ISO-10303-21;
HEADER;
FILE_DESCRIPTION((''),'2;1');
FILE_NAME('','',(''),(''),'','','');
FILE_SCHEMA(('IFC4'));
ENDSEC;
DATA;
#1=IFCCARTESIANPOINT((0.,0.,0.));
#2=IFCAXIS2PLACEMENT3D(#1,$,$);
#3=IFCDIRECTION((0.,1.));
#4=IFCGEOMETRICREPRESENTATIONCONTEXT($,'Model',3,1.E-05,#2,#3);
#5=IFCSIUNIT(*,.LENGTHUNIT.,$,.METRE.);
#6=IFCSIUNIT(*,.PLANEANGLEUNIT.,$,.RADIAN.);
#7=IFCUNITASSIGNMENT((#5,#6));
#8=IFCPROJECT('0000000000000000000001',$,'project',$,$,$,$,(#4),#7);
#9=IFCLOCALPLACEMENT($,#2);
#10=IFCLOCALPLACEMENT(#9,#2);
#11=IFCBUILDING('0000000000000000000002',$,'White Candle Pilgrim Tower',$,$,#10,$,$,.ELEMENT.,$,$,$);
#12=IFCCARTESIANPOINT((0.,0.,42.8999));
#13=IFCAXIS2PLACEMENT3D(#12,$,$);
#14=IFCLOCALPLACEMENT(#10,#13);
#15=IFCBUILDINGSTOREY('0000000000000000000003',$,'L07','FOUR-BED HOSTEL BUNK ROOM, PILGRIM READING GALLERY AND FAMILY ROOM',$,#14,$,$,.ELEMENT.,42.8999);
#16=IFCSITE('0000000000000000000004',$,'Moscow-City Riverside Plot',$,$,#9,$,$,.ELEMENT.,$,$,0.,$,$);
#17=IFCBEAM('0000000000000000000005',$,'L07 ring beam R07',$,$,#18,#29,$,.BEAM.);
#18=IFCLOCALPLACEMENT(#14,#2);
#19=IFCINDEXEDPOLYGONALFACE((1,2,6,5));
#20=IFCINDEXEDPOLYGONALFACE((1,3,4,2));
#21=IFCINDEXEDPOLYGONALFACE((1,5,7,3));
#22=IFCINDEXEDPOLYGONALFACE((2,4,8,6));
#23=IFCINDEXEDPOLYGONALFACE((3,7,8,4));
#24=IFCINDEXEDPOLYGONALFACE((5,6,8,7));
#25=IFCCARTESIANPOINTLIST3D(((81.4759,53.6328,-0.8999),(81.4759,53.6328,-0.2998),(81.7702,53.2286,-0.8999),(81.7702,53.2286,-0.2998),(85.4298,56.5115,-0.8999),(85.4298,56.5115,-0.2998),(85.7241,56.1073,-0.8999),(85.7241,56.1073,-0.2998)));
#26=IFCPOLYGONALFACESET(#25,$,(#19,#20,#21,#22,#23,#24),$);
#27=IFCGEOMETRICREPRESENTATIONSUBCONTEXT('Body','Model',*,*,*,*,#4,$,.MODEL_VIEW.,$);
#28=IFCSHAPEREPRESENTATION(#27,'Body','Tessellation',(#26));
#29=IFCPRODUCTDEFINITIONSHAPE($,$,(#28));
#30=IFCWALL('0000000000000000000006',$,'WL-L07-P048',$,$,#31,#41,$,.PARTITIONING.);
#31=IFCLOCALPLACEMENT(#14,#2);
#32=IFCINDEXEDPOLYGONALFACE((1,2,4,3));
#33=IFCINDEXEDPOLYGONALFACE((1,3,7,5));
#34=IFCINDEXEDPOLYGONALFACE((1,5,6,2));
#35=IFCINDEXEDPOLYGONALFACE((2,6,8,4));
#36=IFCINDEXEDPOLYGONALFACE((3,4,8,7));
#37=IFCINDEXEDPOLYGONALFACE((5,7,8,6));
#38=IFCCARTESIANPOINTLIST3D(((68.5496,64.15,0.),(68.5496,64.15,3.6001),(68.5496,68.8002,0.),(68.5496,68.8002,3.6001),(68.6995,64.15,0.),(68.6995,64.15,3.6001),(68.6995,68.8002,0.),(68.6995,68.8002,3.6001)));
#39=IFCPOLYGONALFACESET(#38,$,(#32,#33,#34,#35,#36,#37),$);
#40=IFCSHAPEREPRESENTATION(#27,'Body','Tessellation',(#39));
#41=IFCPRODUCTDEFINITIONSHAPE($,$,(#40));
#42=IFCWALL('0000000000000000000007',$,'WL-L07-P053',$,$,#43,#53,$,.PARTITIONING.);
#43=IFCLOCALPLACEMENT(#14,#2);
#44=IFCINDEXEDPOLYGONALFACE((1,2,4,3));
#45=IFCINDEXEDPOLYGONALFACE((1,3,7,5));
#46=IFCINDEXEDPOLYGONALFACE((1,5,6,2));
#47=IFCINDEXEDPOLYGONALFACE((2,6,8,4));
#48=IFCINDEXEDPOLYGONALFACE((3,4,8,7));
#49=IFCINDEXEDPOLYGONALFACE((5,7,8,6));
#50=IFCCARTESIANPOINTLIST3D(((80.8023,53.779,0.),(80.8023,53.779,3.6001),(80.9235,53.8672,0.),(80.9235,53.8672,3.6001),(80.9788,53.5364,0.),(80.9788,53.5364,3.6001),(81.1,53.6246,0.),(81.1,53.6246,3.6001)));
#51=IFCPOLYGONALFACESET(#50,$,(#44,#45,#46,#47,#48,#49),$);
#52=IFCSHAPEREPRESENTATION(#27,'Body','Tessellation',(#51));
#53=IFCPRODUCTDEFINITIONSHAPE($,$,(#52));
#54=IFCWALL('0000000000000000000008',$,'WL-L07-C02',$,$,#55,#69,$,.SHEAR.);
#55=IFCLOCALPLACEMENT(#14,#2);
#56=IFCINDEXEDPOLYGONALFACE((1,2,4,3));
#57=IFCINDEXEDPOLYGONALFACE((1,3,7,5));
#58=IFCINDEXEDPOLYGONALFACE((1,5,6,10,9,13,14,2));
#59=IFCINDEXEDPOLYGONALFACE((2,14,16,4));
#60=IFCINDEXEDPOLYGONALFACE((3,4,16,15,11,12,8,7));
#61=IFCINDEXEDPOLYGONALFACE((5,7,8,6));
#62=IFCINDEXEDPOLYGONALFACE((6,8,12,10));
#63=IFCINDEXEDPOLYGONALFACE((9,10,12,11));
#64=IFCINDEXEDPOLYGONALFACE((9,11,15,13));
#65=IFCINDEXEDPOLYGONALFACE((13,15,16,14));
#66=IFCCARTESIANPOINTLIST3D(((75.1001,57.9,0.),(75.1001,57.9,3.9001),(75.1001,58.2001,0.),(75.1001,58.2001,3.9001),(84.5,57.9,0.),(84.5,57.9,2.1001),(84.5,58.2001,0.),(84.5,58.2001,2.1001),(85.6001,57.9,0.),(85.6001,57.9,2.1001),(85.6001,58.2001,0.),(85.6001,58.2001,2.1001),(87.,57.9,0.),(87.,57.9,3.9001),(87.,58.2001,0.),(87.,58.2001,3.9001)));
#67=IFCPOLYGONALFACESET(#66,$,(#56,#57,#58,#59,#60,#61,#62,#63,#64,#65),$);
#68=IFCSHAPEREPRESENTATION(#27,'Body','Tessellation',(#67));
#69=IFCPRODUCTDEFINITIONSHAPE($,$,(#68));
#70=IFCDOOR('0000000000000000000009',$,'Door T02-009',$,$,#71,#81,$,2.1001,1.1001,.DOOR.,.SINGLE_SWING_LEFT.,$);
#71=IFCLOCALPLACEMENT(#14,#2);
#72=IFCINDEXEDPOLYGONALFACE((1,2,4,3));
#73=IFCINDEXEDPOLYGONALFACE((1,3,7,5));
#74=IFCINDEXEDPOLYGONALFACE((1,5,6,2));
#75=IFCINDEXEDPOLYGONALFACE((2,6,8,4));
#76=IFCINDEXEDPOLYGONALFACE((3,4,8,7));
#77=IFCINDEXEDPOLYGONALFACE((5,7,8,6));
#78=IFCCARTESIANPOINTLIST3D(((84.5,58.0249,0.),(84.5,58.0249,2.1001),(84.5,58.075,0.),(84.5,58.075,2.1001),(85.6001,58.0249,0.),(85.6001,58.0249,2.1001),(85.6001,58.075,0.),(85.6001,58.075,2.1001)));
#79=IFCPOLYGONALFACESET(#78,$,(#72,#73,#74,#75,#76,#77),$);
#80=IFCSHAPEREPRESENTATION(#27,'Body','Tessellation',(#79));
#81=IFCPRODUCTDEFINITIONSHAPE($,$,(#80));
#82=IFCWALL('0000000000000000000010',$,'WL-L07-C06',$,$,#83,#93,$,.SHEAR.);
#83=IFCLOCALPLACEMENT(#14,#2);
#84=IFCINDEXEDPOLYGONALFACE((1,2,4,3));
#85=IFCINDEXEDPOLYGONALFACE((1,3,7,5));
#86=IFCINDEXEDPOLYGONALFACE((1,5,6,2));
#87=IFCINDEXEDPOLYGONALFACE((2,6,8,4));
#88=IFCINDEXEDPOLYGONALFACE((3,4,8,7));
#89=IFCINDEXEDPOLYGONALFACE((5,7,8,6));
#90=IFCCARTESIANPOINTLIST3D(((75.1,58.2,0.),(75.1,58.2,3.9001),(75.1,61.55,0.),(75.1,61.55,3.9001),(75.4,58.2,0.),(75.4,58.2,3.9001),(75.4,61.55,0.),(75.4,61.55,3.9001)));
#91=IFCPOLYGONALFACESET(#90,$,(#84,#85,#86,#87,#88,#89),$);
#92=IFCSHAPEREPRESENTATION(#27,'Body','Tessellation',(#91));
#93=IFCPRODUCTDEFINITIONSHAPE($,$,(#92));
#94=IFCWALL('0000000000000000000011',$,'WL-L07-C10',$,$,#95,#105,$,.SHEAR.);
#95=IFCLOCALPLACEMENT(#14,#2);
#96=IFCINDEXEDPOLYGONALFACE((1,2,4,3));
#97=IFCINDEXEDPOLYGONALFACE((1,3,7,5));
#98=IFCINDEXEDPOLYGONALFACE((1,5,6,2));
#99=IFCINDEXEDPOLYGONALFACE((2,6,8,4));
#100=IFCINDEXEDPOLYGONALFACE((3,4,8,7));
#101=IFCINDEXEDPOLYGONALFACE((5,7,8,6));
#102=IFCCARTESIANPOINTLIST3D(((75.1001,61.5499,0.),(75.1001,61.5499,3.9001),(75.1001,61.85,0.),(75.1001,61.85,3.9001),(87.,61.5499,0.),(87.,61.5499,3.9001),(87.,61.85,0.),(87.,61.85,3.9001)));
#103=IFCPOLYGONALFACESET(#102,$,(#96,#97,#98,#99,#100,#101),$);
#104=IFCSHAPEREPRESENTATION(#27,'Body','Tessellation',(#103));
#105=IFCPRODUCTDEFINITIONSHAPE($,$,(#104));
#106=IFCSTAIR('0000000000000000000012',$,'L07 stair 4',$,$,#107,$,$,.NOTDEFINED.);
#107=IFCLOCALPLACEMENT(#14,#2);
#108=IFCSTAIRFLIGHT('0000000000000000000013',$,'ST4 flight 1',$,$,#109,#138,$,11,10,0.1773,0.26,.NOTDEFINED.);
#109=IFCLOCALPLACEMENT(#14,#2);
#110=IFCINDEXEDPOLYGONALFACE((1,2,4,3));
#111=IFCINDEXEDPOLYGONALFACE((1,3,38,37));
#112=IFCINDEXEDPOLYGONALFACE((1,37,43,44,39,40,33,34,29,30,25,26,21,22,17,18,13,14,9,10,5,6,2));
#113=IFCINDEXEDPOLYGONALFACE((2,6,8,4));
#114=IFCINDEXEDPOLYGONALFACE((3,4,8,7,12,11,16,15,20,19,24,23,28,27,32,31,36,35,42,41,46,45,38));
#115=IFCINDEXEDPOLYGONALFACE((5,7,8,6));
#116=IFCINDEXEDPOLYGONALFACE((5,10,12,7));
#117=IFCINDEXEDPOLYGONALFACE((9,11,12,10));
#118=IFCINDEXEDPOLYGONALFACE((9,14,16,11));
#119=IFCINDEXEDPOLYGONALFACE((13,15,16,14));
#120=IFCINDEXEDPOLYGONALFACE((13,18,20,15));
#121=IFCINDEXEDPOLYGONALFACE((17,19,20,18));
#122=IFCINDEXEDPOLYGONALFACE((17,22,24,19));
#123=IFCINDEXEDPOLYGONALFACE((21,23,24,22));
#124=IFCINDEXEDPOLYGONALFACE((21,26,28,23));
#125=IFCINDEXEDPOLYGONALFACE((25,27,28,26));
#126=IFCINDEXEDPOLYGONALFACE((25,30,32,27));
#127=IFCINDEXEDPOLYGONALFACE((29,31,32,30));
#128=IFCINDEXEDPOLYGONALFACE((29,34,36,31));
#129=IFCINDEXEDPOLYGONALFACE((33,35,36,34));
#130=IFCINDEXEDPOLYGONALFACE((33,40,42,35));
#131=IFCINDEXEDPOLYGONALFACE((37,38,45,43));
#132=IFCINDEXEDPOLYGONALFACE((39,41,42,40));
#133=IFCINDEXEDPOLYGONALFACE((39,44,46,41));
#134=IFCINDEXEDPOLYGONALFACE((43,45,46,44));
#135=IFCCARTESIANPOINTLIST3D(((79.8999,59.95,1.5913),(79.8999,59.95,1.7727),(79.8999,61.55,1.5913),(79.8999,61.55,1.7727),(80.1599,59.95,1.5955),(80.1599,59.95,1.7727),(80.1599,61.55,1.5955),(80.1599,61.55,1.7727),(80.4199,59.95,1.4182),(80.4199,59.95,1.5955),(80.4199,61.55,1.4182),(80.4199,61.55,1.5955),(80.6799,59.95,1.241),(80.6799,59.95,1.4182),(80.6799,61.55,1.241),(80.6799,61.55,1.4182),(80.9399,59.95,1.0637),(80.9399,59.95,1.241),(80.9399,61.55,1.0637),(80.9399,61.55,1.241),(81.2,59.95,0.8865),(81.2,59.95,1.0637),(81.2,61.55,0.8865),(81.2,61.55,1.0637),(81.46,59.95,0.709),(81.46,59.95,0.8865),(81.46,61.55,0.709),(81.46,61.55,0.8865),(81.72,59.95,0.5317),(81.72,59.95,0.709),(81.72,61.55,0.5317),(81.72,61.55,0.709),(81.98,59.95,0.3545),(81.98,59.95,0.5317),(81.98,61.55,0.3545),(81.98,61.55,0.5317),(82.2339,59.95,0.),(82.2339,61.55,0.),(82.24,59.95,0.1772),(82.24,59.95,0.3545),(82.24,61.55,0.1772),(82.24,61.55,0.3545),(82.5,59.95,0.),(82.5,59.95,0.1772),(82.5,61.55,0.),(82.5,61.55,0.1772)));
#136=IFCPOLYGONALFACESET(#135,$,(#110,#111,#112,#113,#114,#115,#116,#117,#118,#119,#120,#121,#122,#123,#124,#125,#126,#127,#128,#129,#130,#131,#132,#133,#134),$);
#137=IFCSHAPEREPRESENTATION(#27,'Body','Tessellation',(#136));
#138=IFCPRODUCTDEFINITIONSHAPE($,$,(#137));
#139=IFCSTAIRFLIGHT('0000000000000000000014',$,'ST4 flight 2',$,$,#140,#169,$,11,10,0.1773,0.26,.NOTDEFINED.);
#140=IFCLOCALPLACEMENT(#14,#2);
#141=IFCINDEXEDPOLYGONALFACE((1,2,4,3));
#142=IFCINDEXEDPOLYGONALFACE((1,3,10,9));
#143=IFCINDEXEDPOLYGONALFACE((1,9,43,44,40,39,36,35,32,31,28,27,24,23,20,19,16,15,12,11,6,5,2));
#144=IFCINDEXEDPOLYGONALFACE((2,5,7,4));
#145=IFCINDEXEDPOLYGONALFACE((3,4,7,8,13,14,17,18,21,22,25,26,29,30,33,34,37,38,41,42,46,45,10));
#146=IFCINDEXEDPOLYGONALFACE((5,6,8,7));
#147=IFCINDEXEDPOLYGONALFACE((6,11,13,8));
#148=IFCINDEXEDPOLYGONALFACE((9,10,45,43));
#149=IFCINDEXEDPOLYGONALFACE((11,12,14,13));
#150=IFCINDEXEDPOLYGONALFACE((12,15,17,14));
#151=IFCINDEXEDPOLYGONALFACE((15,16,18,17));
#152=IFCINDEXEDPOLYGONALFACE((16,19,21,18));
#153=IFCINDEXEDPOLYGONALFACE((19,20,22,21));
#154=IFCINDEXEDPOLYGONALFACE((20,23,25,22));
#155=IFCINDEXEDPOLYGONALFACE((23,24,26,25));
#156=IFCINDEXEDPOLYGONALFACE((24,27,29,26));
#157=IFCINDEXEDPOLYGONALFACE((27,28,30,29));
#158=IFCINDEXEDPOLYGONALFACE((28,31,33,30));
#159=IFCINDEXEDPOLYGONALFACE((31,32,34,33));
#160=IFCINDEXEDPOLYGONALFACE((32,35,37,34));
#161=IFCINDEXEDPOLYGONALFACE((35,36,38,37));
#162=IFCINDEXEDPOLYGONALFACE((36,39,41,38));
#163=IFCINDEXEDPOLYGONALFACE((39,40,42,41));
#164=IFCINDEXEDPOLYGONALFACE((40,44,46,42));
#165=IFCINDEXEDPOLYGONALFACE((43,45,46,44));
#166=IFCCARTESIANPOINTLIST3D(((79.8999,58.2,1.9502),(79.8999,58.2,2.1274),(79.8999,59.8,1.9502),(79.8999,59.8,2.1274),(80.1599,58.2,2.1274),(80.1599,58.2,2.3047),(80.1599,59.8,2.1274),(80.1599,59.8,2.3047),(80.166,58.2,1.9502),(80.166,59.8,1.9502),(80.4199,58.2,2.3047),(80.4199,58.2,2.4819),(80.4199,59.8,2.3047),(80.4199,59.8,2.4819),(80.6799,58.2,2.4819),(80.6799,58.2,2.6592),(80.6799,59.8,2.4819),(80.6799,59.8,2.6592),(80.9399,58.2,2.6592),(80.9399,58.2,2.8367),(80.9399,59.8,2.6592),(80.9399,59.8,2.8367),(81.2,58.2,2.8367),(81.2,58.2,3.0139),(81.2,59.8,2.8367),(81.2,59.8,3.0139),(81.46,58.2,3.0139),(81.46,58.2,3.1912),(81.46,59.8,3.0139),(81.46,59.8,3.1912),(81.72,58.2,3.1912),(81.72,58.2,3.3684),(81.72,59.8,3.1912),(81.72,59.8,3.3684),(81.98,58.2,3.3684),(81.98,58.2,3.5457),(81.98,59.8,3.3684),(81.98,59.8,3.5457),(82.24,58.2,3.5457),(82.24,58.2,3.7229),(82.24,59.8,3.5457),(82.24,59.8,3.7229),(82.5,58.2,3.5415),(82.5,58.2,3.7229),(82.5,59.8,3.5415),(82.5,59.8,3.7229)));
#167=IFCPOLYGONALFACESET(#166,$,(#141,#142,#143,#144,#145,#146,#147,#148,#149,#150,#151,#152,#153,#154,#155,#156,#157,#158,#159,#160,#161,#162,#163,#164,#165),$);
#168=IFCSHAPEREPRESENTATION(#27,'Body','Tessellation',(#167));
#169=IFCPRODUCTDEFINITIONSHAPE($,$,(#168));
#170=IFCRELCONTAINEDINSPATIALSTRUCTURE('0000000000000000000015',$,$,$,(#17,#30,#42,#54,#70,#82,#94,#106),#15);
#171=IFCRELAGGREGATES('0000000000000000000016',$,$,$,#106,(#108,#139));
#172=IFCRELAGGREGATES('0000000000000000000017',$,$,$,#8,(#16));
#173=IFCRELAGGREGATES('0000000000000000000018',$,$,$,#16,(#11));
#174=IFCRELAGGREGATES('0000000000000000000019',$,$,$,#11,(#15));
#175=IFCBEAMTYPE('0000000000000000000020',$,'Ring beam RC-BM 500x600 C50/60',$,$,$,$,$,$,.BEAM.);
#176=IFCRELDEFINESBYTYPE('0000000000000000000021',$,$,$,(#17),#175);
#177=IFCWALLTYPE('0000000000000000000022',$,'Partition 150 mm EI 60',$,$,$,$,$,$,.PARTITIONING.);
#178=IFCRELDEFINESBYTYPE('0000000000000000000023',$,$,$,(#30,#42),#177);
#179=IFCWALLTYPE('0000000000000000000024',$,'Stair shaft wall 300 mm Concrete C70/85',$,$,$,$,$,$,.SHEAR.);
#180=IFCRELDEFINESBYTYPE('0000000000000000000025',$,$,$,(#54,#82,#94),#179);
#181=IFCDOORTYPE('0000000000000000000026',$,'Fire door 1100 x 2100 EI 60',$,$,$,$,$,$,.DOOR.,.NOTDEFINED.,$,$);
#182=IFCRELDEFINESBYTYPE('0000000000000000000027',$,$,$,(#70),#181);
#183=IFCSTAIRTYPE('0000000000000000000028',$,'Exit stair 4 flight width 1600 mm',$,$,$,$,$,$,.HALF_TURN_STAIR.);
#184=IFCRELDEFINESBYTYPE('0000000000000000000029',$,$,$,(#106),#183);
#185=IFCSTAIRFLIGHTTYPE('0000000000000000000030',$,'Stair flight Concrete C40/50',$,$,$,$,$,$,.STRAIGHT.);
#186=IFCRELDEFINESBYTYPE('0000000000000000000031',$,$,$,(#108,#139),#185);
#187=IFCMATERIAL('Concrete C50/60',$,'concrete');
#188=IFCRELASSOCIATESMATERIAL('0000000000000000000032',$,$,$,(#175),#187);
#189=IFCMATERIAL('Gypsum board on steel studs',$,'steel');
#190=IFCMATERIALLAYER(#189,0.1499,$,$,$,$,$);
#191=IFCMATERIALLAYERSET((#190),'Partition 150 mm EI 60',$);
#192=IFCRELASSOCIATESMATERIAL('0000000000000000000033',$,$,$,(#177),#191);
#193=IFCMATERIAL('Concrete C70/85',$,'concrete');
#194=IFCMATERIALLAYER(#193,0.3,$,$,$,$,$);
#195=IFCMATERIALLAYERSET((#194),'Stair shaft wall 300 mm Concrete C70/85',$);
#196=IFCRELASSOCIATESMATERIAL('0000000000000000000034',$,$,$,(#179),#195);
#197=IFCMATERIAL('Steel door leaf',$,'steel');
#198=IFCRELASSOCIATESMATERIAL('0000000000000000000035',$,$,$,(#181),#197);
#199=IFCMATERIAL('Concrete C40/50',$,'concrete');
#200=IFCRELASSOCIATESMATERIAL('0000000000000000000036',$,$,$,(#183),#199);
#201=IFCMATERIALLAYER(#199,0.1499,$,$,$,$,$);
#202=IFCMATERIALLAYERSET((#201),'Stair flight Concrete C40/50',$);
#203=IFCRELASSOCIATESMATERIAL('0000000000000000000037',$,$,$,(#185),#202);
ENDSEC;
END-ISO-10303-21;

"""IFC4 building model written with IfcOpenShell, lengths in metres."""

from ifc_helpers import new_model, si_unit, direction, frame, frame_2d, origin, origin_2d, place, context, subcontext, project, spatial, polyline, rectangle, outline, extrude, material, layer, layer_set, material_profile, profile_set, type_object, element, fill, aggregate, save


model = new_model("IFC4")

# Units and contexts
model_context = context("Model", 3, precision=1e-05, world=origin(), true_north=direction((0.0, 1.0)))
body_context = subcontext(model_context, "Body", "Model", "MODEL_VIEW")
ifc_project = project(units=[si_unit("LENGTHUNIT", "METRE"), si_unit("PLANEANGLEUNIT", "RADIAN")], contexts=[model_context])

# Site, building, storey
site_placement = place(None, origin())
site = spatial("IfcSite", under=ifc_project, at=site_placement, Name="Moscow-City Riverside Plot", CompositionType="ELEMENT", RefElevation=0.0)
building_placement = place(site_placement, origin())
building = spatial("IfcBuilding", under=site, at=building_placement, Name="White Candle Pilgrim Tower", CompositionType="ELEMENT")
storey_placement = place(building_placement, frame((0.0, 0.0, 42.8999)))
storey = spatial("IfcBuildingStorey", under=building, at=storey_placement, Name="L07", Description="FOUR-BED HOSTEL BUNK ROOM, PILGRIM READING GALLERY AND FAMILY ROOM", CompositionType="ELEMENT", Elevation=42.8999)

# Beam
ifc_material_1 = material(Name="Concrete C50/60", Category="concrete")
ifc_material_profile_1 = material_profile(ifc_material_1, rectangle(XDim=0.5, YDim=0.6001, at=origin_2d()), Name="RC-BM 500x600")
ifc_profile_set_1 = profile_set([ifc_material_profile_1], Name="Concrete C50/60")
beam_type = type_object("IfcBeamType", Name="Ring beam RC-BM 500x600 C50/60", PredefinedType="BEAM", material=ifc_profile_set_1)
beam_placement = place(storey_placement, frame((81.623, 53.4307, -0.5999), z_axis=(0.808432, 0.58859, 0.0), x_axis=(-0.58859, 0.808432, 0.0)))
element("IfcBeam", 1, at=beam_placement, inside=storey, type_object=beam_type, Name="L07 ring beam R07", PredefinedType="BEAM", context=body_context, shape_type="SweptSolid", body=[
    extrude(rectangle(XDim=0.5, YDim=0.6001, at=origin_2d()), origin(), (0.0, 0.0, 1.0), 4.8909),
])

# Walls
ifc_material_2 = material(Name="Gypsum board on steel studs", Category="steel")
ifc_layer_1 = layer(ifc_material_2, 0.1499)
ifc_layer_set_1 = layer_set([ifc_layer_1], Name="Partition 150 mm EI 60")
wall_type_1 = type_object("IfcWallType", Name="Partition 150 mm EI 60", PredefinedType="PARTITIONING", material=ifc_layer_set_1)
wall_1_placement = place(storey_placement, frame((68.6245, 64.1499, 0.0), z_axis=(0.0, 0.0, 1.0), x_axis=(0.0, 1.0, 0.0)))
element("IfcWall", 2, at=wall_1_placement, inside=storey, type_object=wall_type_1, Name="WL-L07-P048", PredefinedType="PARTITIONING", context=body_context, shape_type="SweptSolid", body=[
    extrude(rectangle(XDim=4.6501, YDim=0.1499, at=frame_2d((2.3252, 0.0))), origin(), (0.0, 0.0, 1.0), 3.6001),
])
wall_2_placement = place(storey_placement, frame((81.0393, 53.5806, 0.0), z_axis=(0.0, 0.0, 1.0), x_axis=(-0.58822, 0.808701, 0.0)))
element("IfcWall", 3, at=wall_2_placement, inside=storey, type_object=wall_type_1, Name="WL-L07-P053", PredefinedType="PARTITIONING", context=body_context, shape_type="SweptSolid", body=[
    extrude(rectangle(XDim=0.3, YDim=0.1499, at=frame_2d((0.1499, 0.0))), origin(), (0.0, 0.0, 1.0), 3.6001),
])

# Wall, opening, door
ifc_material_3 = material(Name="Concrete C70/85", Category="concrete")
ifc_layer_2 = layer(ifc_material_3, 0.3)
ifc_layer_set_2 = layer_set([ifc_layer_2], Name="Stair shaft wall 300 mm Concrete C70/85")
wall_type_2 = type_object("IfcWallType", Name="Stair shaft wall 300 mm Concrete C70/85", PredefinedType="SHEAR", material=ifc_layer_set_2)
wall_3_placement = place(storey_placement, frame((75.1001, 58.05, 0.0), z_axis=(0.0, 0.0, 1.0), x_axis=(1.0, 0.0, 0.0)))
wall_3 = element("IfcWall", 4, at=wall_3_placement, inside=storey, type_object=wall_type_2, Name="WL-L07-C02", PredefinedType="SHEAR", context=body_context, shape_type="SweptSolid", body=[
    extrude(rectangle(XDim=11.8999, YDim=0.3, at=frame_2d((5.95, 0.0))), origin(), (0.0, 0.0, 1.0), 3.9001),
])
opening_placement = place(wall_3_placement, frame((9.3999, 0.0, 0.0)))
opening = element("IfcOpeningElement", 5, at=opening_placement, cuts=wall_3, PredefinedType="OPENING", context=body_context, shape_type="SweptSolid", body=[
    extrude(rectangle(XDim=1.1001, YDim=2.1001, at=frame_2d((0.55, 1.05))), frame((0.0, 0.1599, 0.0), z_axis=(0.0, -1.0, 0.0), x_axis=(1.0, 0.0, 0.0)), (0.0, 0.0, 1.0), 0.3201),
])
ifc_material_4 = material(Name="Steel door leaf", Category="steel")
door_type = type_object("IfcDoorType", Name="Fire door 1100 x 2100 EI 60", OperationType="NOTDEFINED", PredefinedType="DOOR", material=ifc_material_4)
door_placement = place(opening_placement, origin())
door = element("IfcDoor", 6, at=door_placement, inside=storey, type_object=door_type, Name="Door T02-009", OperationType="SINGLE_SWING_LEFT", OverallHeight=2.1001, OverallWidth=1.1001, PredefinedType="DOOR", context=body_context, shape_type="SweptSolid", body=[
    extrude(rectangle(XDim=1.1001, YDim=2.1001, at=frame_2d((0.55, 1.05))), frame((0.0, 0.0249, 0.0), z_axis=(0.0, -1.0, 0.0), x_axis=(1.0, 0.0, 0.0)), (0.0, 0.0, 1.0), 0.05),
])
fill(opening, door)

# Walls
wall_4_placement = place(storey_placement, frame((75.25, 58.2, 0.0), z_axis=(0.0, 0.0, 1.0), x_axis=(0.0, 1.0, 0.0)))
element("IfcWall", 7, at=wall_4_placement, inside=storey, type_object=wall_type_2, Name="WL-L07-C06", PredefinedType="SHEAR", context=body_context, shape_type="SweptSolid", body=[
    extrude(rectangle(XDim=3.3501, YDim=0.3, at=frame_2d((1.675, 0.0))), origin(), (0.0, 0.0, 1.0), 3.9001),
])
wall_5_placement = place(storey_placement, frame((75.1001, 61.7, 0.0), z_axis=(0.0, 0.0, 1.0), x_axis=(1.0, 0.0, 0.0)))
element("IfcWall", 8, at=wall_5_placement, inside=storey, type_object=wall_type_2, Name="WL-L07-C10", PredefinedType="SHEAR", context=body_context, shape_type="SweptSolid", body=[
    extrude(rectangle(XDim=11.8999, YDim=0.3, at=frame_2d((5.95, 0.0))), origin(), (0.0, 0.0, 1.0), 3.9001),
])

# Stair, stair flights
ifc_material_5 = material(Name="Concrete C40/50", Category="concrete")
stair_type = type_object("IfcStairType", Name="Exit stair 4 flight width 1600 mm", PredefinedType="HALF_TURN_STAIR", material=ifc_material_5)
stair_placement = place(storey_placement, origin())
stair = element("IfcStair", 9, at=stair_placement, inside=storey, type_object=stair_type, Name="L07 stair 4", PredefinedType="NOTDEFINED")
ifc_layer_3 = layer(ifc_material_5, 0.1499)
ifc_layer_set_3 = layer_set([ifc_layer_3], Name="Stair flight Concrete C40/50")
stair_flight_type = type_object("IfcStairFlightType", Name="Stair flight Concrete C40/50", PredefinedType="STRAIGHT", material=ifc_layer_set_3)
stair_flight_1_placement = place(storey_placement, frame((82.5, 60.75, 0.0), z_axis=(0.0, 0.0, 1.0), x_axis=(-1.0, 0.0, 0.0)))
stair_flight_1 = element("IfcStairFlight", 10, at=stair_flight_1_placement, type_object=stair_flight_type, Name="ST4 flight 1", NumberOfRisers=11, NumberOfTreads=10, PredefinedType="NOTDEFINED", RiserHeight=0.1773, TreadLength=0.26, context=body_context, shape_type="SweptSolid", body=[
    extrude(outline(polyline([(0.0, 0.0), (0.0, 0.1772), (0.26, 0.1772), (0.26, 0.3545), (0.52, 0.3545), (0.52, 0.5317), (0.78, 0.5317), (0.78, 0.709), (1.04, 0.709), (1.04, 0.8865), (1.3, 0.8865), (1.3, 1.0637), (1.5601, 1.0637), (1.5601, 1.241), (1.8201, 1.241), (1.8201, 1.4182), (2.0801, 1.4182), (2.0801, 1.5955), (2.3401, 1.5955), (2.3401, 1.7727), (2.6001, 1.7727), (2.6001, 1.95), (2.6001, 1.5913), (0.2661, 0.0), (0.0, 0.0)])), frame((0.0, 0.8, 0.0), z_axis=(0.0, -1.0, 0.0), x_axis=(1.0, 0.0, 0.0)), (0.0, 0.0, 1.0), 1.6001),
])
stair_flight_2_placement = place(storey_placement, frame((79.8999, 59.0, 1.9502), z_axis=(0.0, 0.0, 1.0), x_axis=(1.0, 0.0, 0.0)))
stair_flight_2 = element("IfcStairFlight", 11, at=stair_flight_2_placement, type_object=stair_flight_type, Name="ST4 flight 2", NumberOfRisers=11, NumberOfTreads=10, PredefinedType="NOTDEFINED", RiserHeight=0.1773, TreadLength=0.26, context=body_context, shape_type="SweptSolid", body=[
    extrude(outline(polyline([(0.0, 0.0), (0.0, 0.1772), (0.26, 0.1772), (0.26, 0.3545), (0.52, 0.3545), (0.52, 0.5317), (0.78, 0.5317), (0.78, 0.709), (1.04, 0.709), (1.04, 0.8865), (1.3, 0.8865), (1.3, 1.0637), (1.5601, 1.0637), (1.5601, 1.241), (1.8201, 1.241), (1.8201, 1.4182), (2.0801, 1.4182), (2.0801, 1.5955), (2.3401, 1.5955), (2.3401, 1.7727), (2.6001, 1.7727), (2.6001, 1.95), (2.6001, 1.5913), (0.2661, 0.0), (0.0, 0.0)])), frame((0.0, 0.8, 0.0), z_axis=(0.0, -1.0, 0.0), x_axis=(1.0, 0.0, 0.0)), (0.0, 0.0, 1.0), 1.6001),
])
aggregate(stair, [stair_flight_1, stair_flight_2])

save(model, "model.ifc")
